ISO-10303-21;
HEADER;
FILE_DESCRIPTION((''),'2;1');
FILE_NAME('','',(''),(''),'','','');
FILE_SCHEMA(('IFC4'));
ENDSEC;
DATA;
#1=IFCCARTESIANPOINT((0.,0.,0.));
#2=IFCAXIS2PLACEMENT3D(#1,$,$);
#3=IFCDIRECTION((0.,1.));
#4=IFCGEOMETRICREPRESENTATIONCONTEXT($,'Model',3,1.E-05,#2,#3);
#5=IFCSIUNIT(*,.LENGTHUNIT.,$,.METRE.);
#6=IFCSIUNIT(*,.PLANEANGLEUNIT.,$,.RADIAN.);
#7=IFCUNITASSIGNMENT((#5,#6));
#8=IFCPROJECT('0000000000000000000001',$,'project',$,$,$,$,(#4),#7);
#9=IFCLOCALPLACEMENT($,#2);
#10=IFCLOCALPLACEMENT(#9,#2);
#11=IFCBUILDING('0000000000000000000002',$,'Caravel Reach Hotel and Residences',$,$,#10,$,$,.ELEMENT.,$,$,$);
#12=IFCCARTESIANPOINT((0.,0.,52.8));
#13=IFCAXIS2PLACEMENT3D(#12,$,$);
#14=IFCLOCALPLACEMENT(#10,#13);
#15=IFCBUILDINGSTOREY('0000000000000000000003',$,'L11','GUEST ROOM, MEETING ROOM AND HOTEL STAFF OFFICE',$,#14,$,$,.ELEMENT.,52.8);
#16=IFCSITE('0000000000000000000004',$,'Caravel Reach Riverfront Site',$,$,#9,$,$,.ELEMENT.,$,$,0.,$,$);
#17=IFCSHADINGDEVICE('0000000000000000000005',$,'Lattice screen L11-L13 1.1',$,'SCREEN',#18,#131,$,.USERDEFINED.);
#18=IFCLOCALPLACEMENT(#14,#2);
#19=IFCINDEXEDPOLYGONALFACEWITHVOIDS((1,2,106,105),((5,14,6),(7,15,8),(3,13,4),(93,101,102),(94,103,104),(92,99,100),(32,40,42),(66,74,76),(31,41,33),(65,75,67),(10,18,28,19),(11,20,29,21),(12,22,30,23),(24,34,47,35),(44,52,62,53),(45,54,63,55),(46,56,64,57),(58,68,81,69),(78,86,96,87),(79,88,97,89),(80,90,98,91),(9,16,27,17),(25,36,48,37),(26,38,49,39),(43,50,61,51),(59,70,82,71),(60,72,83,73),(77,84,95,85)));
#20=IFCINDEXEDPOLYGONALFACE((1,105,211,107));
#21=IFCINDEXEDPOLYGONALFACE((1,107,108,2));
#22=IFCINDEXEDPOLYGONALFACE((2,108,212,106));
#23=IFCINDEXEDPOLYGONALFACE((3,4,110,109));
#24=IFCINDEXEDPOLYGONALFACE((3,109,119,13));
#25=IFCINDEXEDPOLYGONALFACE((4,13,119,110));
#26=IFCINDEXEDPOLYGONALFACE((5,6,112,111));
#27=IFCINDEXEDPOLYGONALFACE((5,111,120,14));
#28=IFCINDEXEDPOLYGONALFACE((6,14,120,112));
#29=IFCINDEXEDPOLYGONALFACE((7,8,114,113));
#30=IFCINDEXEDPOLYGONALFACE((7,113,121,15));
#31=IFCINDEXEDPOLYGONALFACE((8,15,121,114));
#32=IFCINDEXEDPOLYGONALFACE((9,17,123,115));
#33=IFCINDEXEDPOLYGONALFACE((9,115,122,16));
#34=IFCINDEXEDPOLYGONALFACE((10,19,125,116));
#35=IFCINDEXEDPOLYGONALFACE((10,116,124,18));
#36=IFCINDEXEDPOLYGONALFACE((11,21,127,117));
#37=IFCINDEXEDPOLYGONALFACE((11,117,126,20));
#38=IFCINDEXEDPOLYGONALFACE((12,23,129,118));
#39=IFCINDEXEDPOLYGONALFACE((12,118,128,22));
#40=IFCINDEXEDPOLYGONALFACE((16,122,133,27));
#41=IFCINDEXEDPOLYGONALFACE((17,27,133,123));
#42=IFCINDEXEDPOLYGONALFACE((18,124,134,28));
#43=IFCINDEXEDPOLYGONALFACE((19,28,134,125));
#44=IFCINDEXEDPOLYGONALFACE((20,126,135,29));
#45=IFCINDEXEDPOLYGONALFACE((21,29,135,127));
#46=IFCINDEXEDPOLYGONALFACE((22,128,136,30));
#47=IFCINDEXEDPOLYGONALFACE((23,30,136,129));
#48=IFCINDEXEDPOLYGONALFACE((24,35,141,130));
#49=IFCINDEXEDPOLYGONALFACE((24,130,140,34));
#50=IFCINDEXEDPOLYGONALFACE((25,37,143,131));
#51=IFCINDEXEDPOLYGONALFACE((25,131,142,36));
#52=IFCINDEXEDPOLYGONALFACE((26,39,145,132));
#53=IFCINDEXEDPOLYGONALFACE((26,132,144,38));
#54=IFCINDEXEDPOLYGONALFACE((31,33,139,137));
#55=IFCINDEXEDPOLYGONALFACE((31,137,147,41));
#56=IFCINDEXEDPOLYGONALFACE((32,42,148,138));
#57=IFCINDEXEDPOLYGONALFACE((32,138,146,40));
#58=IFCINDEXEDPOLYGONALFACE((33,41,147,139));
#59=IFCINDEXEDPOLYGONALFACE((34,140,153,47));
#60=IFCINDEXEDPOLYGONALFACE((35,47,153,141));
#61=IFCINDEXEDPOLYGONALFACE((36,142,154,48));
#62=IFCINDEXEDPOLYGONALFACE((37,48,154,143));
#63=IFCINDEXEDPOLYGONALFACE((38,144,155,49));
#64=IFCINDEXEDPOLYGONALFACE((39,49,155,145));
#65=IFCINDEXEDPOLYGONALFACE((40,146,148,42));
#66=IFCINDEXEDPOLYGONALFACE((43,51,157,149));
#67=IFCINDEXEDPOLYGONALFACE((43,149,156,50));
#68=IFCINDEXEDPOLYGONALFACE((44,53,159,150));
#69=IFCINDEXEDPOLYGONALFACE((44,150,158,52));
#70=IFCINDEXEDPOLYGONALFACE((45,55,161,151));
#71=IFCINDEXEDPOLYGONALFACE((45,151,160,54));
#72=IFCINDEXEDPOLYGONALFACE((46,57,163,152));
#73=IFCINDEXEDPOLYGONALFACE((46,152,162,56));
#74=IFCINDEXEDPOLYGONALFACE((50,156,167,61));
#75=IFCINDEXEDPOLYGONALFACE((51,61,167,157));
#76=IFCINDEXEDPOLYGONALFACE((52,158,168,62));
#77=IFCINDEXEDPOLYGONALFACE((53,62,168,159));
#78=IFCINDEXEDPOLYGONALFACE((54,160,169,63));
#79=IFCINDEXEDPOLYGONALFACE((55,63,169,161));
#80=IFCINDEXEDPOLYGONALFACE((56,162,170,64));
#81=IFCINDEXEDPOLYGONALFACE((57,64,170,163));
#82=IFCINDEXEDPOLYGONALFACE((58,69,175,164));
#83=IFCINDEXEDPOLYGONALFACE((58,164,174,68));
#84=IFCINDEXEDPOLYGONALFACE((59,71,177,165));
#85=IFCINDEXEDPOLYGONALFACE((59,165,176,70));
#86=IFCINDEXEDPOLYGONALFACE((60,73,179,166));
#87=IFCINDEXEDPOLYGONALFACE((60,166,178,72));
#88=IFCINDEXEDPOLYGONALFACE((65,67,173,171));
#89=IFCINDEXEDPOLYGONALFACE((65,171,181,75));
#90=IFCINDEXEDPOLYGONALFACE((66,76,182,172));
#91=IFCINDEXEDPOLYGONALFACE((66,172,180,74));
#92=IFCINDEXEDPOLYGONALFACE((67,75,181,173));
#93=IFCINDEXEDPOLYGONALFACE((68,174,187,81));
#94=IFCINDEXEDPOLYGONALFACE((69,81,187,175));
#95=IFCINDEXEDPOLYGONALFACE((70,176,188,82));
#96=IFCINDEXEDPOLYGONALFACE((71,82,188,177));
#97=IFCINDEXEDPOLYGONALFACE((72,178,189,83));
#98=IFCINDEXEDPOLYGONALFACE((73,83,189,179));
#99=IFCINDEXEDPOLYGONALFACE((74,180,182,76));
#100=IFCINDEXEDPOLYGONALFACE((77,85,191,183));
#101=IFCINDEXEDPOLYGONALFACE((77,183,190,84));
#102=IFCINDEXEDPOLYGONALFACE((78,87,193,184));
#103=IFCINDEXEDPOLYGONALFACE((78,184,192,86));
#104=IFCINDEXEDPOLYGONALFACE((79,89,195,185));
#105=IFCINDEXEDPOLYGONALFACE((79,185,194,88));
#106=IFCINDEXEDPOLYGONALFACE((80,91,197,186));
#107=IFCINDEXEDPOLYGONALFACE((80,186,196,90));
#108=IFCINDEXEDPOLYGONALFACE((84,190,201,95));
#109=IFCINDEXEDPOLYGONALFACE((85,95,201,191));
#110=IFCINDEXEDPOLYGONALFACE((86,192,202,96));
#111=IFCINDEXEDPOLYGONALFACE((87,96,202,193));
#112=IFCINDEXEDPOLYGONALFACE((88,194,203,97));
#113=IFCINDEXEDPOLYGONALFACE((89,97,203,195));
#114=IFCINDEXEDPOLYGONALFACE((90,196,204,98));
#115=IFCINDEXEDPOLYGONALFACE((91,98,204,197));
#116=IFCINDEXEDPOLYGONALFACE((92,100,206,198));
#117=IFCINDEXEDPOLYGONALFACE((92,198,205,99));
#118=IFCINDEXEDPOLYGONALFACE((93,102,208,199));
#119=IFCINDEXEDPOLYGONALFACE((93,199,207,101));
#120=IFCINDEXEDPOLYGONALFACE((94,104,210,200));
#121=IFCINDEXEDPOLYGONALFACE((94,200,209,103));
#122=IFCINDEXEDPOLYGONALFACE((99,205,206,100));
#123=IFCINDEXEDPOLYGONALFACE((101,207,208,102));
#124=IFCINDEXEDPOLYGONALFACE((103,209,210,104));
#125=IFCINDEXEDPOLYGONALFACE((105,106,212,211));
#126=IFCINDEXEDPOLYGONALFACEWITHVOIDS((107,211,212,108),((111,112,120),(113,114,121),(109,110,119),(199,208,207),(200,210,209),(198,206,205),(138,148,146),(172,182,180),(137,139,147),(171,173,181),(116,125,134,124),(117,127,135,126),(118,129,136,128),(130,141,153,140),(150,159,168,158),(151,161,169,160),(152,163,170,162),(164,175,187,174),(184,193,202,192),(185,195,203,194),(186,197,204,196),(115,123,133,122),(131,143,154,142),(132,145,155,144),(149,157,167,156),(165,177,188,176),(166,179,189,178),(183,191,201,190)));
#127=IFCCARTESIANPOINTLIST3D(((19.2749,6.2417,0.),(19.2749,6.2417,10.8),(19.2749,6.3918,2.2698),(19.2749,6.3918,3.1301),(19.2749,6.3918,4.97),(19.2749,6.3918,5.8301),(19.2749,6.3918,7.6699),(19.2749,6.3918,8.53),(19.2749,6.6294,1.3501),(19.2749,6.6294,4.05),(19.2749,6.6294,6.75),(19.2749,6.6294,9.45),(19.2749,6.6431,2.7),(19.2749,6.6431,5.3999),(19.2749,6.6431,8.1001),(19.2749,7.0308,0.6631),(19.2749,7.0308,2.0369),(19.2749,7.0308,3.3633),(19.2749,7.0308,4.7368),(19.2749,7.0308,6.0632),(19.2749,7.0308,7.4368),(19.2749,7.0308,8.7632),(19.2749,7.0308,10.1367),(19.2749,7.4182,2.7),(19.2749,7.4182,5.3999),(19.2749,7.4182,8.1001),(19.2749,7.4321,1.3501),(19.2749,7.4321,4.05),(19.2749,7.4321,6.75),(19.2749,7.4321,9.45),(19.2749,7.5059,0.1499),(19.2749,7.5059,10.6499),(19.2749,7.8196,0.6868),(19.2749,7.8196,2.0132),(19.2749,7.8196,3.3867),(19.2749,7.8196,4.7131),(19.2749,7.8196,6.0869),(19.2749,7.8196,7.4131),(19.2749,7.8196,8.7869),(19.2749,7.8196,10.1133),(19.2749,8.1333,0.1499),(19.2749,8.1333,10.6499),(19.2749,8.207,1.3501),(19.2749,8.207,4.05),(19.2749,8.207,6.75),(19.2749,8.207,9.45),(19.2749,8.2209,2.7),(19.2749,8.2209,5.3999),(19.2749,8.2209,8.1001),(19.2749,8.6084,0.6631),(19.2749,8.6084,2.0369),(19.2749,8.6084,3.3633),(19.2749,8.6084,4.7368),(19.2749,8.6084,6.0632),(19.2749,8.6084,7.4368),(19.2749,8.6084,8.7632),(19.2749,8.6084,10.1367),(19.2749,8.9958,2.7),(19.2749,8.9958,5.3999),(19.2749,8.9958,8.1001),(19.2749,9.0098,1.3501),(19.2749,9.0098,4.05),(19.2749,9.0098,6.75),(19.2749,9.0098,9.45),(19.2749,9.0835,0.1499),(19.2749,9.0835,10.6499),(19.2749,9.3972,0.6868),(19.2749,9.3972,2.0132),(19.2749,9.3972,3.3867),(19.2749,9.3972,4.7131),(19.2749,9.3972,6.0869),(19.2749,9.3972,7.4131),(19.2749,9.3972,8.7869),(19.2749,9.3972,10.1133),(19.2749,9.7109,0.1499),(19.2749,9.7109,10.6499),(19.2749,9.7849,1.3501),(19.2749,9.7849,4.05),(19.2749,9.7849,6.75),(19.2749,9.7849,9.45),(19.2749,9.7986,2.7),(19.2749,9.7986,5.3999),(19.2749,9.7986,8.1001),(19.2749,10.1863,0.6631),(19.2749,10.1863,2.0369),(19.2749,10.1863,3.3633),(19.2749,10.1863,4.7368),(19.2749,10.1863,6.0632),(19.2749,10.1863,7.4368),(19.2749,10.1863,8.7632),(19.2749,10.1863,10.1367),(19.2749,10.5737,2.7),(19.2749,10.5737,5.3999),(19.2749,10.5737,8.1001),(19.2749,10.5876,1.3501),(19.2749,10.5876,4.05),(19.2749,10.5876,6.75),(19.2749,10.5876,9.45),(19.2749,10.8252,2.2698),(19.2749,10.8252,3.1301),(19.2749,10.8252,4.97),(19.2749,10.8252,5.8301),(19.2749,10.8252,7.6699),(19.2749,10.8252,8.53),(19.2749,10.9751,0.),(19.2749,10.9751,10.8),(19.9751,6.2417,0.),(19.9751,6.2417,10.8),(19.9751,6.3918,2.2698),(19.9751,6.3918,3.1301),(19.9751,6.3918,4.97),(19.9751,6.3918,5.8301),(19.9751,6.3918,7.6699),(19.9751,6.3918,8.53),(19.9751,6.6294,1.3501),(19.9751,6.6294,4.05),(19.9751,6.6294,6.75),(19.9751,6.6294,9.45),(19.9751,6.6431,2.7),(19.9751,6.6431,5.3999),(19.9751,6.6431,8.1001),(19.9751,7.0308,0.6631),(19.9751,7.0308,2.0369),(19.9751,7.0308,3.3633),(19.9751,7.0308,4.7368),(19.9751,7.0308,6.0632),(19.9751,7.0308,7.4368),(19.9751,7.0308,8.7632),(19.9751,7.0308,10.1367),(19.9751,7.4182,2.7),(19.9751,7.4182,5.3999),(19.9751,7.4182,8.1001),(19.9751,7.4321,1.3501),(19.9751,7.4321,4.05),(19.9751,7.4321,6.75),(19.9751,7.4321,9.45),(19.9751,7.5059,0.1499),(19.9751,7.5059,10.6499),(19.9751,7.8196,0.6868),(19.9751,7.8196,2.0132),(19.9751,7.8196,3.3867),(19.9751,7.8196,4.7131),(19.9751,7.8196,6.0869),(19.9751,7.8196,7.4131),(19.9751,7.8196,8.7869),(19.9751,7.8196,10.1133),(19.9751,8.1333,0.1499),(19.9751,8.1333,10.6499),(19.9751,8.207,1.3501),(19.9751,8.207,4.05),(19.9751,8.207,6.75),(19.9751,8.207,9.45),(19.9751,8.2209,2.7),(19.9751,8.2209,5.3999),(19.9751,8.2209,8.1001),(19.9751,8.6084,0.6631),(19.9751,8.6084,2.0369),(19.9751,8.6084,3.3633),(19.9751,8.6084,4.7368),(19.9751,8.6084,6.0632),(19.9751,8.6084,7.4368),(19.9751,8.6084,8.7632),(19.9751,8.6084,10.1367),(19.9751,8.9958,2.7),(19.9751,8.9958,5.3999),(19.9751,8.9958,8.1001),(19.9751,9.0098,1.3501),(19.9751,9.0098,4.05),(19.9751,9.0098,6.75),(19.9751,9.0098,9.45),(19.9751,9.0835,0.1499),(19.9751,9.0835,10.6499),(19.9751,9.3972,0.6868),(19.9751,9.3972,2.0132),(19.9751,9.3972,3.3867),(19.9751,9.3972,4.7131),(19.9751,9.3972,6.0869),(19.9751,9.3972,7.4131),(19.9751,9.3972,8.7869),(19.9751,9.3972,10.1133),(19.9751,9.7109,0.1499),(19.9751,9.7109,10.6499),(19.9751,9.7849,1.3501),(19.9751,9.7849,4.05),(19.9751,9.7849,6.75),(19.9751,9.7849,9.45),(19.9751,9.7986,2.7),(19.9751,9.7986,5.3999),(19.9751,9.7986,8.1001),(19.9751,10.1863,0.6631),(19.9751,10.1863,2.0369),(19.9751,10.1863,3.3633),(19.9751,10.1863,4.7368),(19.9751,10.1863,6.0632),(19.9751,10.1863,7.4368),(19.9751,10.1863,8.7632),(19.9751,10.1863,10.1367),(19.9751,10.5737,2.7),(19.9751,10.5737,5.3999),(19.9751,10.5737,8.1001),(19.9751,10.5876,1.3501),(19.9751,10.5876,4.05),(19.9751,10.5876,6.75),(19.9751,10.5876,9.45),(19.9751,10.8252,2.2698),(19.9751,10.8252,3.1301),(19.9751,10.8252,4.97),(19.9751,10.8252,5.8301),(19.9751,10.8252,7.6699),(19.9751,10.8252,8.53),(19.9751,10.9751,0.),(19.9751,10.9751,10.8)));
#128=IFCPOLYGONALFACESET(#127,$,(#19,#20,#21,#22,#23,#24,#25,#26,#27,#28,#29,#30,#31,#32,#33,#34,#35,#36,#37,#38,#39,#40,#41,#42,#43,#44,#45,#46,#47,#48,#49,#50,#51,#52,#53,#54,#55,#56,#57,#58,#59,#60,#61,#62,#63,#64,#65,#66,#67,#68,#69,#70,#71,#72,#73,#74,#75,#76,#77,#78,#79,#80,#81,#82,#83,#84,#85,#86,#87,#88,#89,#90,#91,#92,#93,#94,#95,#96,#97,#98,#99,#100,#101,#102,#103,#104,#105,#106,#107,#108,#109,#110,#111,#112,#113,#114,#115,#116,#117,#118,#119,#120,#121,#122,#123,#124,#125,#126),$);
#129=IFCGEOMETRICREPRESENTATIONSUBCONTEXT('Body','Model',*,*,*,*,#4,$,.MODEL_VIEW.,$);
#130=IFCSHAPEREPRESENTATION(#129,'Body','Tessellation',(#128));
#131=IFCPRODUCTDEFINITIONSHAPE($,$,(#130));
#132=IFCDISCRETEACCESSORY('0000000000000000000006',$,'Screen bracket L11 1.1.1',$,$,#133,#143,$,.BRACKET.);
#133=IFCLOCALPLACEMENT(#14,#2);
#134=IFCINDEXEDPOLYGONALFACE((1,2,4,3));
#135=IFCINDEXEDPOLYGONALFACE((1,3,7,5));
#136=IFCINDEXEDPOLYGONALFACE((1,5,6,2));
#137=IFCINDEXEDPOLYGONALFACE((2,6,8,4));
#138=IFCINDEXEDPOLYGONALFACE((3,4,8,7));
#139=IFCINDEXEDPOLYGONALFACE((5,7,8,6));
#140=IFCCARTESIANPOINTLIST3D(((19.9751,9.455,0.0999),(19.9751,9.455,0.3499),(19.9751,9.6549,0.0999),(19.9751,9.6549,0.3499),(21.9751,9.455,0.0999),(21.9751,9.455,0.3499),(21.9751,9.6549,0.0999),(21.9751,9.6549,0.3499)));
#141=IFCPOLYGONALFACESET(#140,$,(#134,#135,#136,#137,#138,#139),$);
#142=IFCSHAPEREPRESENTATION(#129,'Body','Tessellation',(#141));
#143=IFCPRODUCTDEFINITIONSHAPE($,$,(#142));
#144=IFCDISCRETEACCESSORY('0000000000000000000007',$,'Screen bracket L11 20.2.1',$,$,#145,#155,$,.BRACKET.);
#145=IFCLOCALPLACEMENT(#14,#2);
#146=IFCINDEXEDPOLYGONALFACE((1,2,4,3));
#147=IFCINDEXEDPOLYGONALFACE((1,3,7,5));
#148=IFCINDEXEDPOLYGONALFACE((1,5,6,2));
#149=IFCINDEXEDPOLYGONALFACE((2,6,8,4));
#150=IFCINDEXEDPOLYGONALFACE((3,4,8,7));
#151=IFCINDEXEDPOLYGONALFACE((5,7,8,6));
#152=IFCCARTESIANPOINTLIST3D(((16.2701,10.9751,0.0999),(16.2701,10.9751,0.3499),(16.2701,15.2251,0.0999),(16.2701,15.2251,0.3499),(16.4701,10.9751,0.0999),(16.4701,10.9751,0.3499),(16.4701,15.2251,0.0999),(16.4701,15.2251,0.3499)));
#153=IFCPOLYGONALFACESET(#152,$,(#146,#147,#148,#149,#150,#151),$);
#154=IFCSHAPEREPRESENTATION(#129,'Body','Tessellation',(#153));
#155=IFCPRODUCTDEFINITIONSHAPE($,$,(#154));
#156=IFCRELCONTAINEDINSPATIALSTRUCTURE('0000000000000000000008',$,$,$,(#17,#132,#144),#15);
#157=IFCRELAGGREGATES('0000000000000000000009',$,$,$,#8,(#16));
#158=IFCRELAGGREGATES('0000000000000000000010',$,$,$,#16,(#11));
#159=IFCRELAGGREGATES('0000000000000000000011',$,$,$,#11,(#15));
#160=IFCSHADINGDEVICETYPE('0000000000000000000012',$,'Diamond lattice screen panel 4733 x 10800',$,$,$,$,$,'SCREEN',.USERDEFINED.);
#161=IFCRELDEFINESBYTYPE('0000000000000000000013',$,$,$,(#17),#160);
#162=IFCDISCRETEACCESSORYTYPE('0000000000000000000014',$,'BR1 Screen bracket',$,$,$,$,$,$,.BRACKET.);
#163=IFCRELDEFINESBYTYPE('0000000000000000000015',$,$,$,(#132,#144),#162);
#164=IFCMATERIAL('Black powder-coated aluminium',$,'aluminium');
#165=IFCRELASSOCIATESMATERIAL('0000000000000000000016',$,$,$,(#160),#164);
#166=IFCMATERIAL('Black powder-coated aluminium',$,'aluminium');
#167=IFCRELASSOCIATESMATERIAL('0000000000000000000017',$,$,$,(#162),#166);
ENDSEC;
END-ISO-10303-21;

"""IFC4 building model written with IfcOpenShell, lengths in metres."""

from ifc_helpers import new_model, si_unit, direction, frame, origin, origin_2d, place, context, subcontext, project, spatial, polyline, rectangle, outline, extrude, material, type_object, element, save


model = new_model("IFC4")

# Units and contexts
model_context = context("Model", 3, precision=1e-05, world=origin(), true_north=direction((0.0, 1.0)))
body_context = subcontext(model_context, "Body", "Model", "MODEL_VIEW")
ifc_project = project(units=[si_unit("LENGTHUNIT", "METRE"), si_unit("PLANEANGLEUNIT", "RADIAN")], contexts=[model_context])

# Site, building, storey
site_placement = place(None, origin())
site = spatial("IfcSite", under=ifc_project, at=site_placement, Name="Caravel Reach Riverfront Site", CompositionType="ELEMENT", RefElevation=0.0)
building_placement = place(site_placement, origin())
building = spatial("IfcBuilding", under=site, at=building_placement, Name="Caravel Reach Hotel and Residences", CompositionType="ELEMENT")
storey_placement = place(building_placement, frame((0.0, 0.0, 52.8)))
storey = spatial("IfcBuildingStorey", under=building, at=storey_placement, Name="L11", Description="GUEST ROOM, MEETING ROOM AND HOTEL STAFF OFFICE", CompositionType="ELEMENT", Elevation=52.8)

# Shading device
ifc_material_1 = material(Name="Black powder-coated aluminium", Category="aluminium")
shading_device_type = type_object("IfcShadingDeviceType", Name="Diamond lattice screen panel 4733 x 10800", ElementType="SCREEN", PredefinedType="USERDEFINED", material=ifc_material_1)
shading_device_placement = place(storey_placement, frame((19.9751, 10.9751, 0.0), z_axis=(-1.0, 0.0, 0.0), x_axis=(0.0, -1.0, 0.0)))
element("IfcShadingDevice", 1, at=shading_device_placement, inside=storey, type_object=shading_device_type, Name="Lattice screen L11-L13 1.1", ObjectType="SCREEN", PredefinedType="USERDEFINED", context=body_context, shape_type="SweptSolid", body=[
    extrude(outline(polyline([(0.0, 0.0), (4.7334, 0.0), (4.7334, 10.8), (0.0, 10.8), (0.0, 0.0)]), holes=[polyline([(0.4014, 2.7), (0.1499, 3.1301), (0.1499, 2.2698), (0.4014, 2.7)]), polyline([(0.4014, 5.3999), (0.1499, 5.8301), (0.1499, 4.97), (0.4014, 5.3999)]), polyline([(0.4014, 8.1001), (0.1499, 8.53), (0.1499, 7.6699), (0.4014, 8.1001)]), polyline([(0.7888, 2.0369), (0.3875, 1.3501), (0.7888, 0.6631), (1.1902, 1.3501), (0.7888, 2.0369)]), polyline([(0.7888, 4.7368), (0.3875, 4.05), (0.7888, 3.3633), (1.1902, 4.05), (0.7888, 4.7368)]), polyline([(0.7888, 7.4368), (0.3875, 6.75), (0.7888, 6.0632), (1.1902, 6.75), (0.7888, 7.4368)]), polyline([(0.7888, 10.1367), (0.3875, 9.45), (0.7888, 8.7632), (1.1902, 9.45), (0.7888, 10.1367)]), polyline([(1.5779, 0.6868), (1.2642, 0.1499), (1.8916, 0.1499), (1.5779, 0.6868)]), polyline([(1.5779, 3.3867), (1.1765, 2.7), (1.5779, 2.0132), (1.9792, 2.7), (1.5779, 3.3867)]), polyline([(1.5779, 6.0869), (1.1765, 5.3999), (1.5779, 4.7131), (1.9792, 5.3999), (1.5779, 6.0869)]), polyline([(1.5779, 8.7869), (1.1765, 8.1001), (1.5779, 7.4131), (1.9792, 8.1001), (1.5779, 8.7869)]), polyline([(1.5779, 10.1133), (1.8916, 10.6499), (1.2642, 10.6499), (1.5779, 10.1133)]), polyline([(2.3667, 2.0369), (1.9653, 1.3501), (2.3667, 0.6631), (2.7681, 1.3501), (2.3667, 2.0369)]), polyline([(2.3667, 4.7368), (1.9653, 4.05), (2.3667, 3.3633), (2.7681, 4.05), (2.3667, 4.7368)]), polyline([(2.3667, 7.4368), (1.9653, 6.75), (2.3667, 6.0632), (2.7681, 6.75), (2.3667, 7.4368)]), polyline([(2.3667, 10.1367), (1.9653, 9.45), (2.3667, 8.7632), (2.7681, 9.45), (2.3667, 10.1367)]), polyline([(3.1555, 0.6868), (2.8418, 0.1499), (3.4692, 0.1499), (3.1555, 0.6868)]), polyline([(3.1555, 3.3867), (2.7542, 2.7), (3.1555, 2.0132), (3.5569, 2.7), (3.1555, 3.3867)]), polyline([(3.1555, 6.0869), (2.7542, 5.3999), (3.1555, 4.7131), (3.5569, 5.3999), (3.1555, 6.0869)]), polyline([(3.1555, 8.7869), (2.7542, 8.1001), (3.1555, 7.4131), (3.5569, 8.1001), (3.1555, 8.7869)]), polyline([(3.1555, 10.1133), (3.4692, 10.6499), (2.8418, 10.6499), (3.1555, 10.1133)]), polyline([(3.9443, 2.0369), (3.543, 1.3501), (3.9443, 0.6631), (4.3457, 1.3501), (3.9443, 2.0369)]), polyline([(3.9443, 4.7368), (3.543, 4.05), (3.9443, 3.3633), (4.3457, 4.05), (3.9443, 4.7368)]), polyline([(3.9443, 7.4368), (3.543, 6.75), (3.9443, 6.0632), (4.3457, 6.75), (3.9443, 7.4368)]), polyline([(3.9443, 10.1367), (3.543, 9.45), (3.9443, 8.7632), (4.3457, 9.45), (3.9443, 10.1367)]), polyline([(4.332, 2.7), (4.5833, 2.2698), (4.5833, 3.1301), (4.332, 2.7)]), polyline([(4.332, 5.3999), (4.5833, 4.97), (4.5833, 5.8301), (4.332, 5.3999)]), polyline([(4.332, 8.1001), (4.5833, 7.6699), (4.5833, 8.53), (4.332, 8.1001)])]), origin(), (0.0, 0.0, 1.0), 0.7002),
])

# Discrete accessories
ifc_material_2 = material(Name="Black powder-coated aluminium", Category="aluminium")
discrete_accessory_type = type_object("IfcDiscreteAccessoryType", Name="BR1 Screen bracket", PredefinedType="BRACKET", material=ifc_material_2)
discrete_accessory_1_placement = place(storey_placement, frame((20.9751, 9.5549, 0.0999), z_axis=(0.0, 0.0, 1.0), x_axis=(-1.0, 0.0, 0.0)))
element("IfcDiscreteAccessory", 2, at=discrete_accessory_1_placement, inside=storey, type_object=discrete_accessory_type, Name="Screen bracket L11 1.1.1", PredefinedType="BRACKET", context=body_context, shape_type="SweptSolid", body=[
    extrude(rectangle(XDim=2.0, YDim=0.2, at=origin_2d()), origin(), (0.0, 0.0, 1.0), 0.25),
])
discrete_accessory_2_placement = place(storey_placement, frame((16.3701, 13.1001, 0.0999), z_axis=(0.0, 0.0, 1.0), x_axis=(0.0, -1.0, 0.0)))
element("IfcDiscreteAccessory", 3, at=discrete_accessory_2_placement, inside=storey, type_object=discrete_accessory_type, Name="Screen bracket L11 20.2.1", PredefinedType="BRACKET", context=body_context, shape_type="SweptSolid", body=[
    extrude(rectangle(XDim=4.25, YDim=0.2, at=origin_2d()), origin(), (0.0, 0.0, 1.0), 0.25),
])

save(model, "model.ifc")
